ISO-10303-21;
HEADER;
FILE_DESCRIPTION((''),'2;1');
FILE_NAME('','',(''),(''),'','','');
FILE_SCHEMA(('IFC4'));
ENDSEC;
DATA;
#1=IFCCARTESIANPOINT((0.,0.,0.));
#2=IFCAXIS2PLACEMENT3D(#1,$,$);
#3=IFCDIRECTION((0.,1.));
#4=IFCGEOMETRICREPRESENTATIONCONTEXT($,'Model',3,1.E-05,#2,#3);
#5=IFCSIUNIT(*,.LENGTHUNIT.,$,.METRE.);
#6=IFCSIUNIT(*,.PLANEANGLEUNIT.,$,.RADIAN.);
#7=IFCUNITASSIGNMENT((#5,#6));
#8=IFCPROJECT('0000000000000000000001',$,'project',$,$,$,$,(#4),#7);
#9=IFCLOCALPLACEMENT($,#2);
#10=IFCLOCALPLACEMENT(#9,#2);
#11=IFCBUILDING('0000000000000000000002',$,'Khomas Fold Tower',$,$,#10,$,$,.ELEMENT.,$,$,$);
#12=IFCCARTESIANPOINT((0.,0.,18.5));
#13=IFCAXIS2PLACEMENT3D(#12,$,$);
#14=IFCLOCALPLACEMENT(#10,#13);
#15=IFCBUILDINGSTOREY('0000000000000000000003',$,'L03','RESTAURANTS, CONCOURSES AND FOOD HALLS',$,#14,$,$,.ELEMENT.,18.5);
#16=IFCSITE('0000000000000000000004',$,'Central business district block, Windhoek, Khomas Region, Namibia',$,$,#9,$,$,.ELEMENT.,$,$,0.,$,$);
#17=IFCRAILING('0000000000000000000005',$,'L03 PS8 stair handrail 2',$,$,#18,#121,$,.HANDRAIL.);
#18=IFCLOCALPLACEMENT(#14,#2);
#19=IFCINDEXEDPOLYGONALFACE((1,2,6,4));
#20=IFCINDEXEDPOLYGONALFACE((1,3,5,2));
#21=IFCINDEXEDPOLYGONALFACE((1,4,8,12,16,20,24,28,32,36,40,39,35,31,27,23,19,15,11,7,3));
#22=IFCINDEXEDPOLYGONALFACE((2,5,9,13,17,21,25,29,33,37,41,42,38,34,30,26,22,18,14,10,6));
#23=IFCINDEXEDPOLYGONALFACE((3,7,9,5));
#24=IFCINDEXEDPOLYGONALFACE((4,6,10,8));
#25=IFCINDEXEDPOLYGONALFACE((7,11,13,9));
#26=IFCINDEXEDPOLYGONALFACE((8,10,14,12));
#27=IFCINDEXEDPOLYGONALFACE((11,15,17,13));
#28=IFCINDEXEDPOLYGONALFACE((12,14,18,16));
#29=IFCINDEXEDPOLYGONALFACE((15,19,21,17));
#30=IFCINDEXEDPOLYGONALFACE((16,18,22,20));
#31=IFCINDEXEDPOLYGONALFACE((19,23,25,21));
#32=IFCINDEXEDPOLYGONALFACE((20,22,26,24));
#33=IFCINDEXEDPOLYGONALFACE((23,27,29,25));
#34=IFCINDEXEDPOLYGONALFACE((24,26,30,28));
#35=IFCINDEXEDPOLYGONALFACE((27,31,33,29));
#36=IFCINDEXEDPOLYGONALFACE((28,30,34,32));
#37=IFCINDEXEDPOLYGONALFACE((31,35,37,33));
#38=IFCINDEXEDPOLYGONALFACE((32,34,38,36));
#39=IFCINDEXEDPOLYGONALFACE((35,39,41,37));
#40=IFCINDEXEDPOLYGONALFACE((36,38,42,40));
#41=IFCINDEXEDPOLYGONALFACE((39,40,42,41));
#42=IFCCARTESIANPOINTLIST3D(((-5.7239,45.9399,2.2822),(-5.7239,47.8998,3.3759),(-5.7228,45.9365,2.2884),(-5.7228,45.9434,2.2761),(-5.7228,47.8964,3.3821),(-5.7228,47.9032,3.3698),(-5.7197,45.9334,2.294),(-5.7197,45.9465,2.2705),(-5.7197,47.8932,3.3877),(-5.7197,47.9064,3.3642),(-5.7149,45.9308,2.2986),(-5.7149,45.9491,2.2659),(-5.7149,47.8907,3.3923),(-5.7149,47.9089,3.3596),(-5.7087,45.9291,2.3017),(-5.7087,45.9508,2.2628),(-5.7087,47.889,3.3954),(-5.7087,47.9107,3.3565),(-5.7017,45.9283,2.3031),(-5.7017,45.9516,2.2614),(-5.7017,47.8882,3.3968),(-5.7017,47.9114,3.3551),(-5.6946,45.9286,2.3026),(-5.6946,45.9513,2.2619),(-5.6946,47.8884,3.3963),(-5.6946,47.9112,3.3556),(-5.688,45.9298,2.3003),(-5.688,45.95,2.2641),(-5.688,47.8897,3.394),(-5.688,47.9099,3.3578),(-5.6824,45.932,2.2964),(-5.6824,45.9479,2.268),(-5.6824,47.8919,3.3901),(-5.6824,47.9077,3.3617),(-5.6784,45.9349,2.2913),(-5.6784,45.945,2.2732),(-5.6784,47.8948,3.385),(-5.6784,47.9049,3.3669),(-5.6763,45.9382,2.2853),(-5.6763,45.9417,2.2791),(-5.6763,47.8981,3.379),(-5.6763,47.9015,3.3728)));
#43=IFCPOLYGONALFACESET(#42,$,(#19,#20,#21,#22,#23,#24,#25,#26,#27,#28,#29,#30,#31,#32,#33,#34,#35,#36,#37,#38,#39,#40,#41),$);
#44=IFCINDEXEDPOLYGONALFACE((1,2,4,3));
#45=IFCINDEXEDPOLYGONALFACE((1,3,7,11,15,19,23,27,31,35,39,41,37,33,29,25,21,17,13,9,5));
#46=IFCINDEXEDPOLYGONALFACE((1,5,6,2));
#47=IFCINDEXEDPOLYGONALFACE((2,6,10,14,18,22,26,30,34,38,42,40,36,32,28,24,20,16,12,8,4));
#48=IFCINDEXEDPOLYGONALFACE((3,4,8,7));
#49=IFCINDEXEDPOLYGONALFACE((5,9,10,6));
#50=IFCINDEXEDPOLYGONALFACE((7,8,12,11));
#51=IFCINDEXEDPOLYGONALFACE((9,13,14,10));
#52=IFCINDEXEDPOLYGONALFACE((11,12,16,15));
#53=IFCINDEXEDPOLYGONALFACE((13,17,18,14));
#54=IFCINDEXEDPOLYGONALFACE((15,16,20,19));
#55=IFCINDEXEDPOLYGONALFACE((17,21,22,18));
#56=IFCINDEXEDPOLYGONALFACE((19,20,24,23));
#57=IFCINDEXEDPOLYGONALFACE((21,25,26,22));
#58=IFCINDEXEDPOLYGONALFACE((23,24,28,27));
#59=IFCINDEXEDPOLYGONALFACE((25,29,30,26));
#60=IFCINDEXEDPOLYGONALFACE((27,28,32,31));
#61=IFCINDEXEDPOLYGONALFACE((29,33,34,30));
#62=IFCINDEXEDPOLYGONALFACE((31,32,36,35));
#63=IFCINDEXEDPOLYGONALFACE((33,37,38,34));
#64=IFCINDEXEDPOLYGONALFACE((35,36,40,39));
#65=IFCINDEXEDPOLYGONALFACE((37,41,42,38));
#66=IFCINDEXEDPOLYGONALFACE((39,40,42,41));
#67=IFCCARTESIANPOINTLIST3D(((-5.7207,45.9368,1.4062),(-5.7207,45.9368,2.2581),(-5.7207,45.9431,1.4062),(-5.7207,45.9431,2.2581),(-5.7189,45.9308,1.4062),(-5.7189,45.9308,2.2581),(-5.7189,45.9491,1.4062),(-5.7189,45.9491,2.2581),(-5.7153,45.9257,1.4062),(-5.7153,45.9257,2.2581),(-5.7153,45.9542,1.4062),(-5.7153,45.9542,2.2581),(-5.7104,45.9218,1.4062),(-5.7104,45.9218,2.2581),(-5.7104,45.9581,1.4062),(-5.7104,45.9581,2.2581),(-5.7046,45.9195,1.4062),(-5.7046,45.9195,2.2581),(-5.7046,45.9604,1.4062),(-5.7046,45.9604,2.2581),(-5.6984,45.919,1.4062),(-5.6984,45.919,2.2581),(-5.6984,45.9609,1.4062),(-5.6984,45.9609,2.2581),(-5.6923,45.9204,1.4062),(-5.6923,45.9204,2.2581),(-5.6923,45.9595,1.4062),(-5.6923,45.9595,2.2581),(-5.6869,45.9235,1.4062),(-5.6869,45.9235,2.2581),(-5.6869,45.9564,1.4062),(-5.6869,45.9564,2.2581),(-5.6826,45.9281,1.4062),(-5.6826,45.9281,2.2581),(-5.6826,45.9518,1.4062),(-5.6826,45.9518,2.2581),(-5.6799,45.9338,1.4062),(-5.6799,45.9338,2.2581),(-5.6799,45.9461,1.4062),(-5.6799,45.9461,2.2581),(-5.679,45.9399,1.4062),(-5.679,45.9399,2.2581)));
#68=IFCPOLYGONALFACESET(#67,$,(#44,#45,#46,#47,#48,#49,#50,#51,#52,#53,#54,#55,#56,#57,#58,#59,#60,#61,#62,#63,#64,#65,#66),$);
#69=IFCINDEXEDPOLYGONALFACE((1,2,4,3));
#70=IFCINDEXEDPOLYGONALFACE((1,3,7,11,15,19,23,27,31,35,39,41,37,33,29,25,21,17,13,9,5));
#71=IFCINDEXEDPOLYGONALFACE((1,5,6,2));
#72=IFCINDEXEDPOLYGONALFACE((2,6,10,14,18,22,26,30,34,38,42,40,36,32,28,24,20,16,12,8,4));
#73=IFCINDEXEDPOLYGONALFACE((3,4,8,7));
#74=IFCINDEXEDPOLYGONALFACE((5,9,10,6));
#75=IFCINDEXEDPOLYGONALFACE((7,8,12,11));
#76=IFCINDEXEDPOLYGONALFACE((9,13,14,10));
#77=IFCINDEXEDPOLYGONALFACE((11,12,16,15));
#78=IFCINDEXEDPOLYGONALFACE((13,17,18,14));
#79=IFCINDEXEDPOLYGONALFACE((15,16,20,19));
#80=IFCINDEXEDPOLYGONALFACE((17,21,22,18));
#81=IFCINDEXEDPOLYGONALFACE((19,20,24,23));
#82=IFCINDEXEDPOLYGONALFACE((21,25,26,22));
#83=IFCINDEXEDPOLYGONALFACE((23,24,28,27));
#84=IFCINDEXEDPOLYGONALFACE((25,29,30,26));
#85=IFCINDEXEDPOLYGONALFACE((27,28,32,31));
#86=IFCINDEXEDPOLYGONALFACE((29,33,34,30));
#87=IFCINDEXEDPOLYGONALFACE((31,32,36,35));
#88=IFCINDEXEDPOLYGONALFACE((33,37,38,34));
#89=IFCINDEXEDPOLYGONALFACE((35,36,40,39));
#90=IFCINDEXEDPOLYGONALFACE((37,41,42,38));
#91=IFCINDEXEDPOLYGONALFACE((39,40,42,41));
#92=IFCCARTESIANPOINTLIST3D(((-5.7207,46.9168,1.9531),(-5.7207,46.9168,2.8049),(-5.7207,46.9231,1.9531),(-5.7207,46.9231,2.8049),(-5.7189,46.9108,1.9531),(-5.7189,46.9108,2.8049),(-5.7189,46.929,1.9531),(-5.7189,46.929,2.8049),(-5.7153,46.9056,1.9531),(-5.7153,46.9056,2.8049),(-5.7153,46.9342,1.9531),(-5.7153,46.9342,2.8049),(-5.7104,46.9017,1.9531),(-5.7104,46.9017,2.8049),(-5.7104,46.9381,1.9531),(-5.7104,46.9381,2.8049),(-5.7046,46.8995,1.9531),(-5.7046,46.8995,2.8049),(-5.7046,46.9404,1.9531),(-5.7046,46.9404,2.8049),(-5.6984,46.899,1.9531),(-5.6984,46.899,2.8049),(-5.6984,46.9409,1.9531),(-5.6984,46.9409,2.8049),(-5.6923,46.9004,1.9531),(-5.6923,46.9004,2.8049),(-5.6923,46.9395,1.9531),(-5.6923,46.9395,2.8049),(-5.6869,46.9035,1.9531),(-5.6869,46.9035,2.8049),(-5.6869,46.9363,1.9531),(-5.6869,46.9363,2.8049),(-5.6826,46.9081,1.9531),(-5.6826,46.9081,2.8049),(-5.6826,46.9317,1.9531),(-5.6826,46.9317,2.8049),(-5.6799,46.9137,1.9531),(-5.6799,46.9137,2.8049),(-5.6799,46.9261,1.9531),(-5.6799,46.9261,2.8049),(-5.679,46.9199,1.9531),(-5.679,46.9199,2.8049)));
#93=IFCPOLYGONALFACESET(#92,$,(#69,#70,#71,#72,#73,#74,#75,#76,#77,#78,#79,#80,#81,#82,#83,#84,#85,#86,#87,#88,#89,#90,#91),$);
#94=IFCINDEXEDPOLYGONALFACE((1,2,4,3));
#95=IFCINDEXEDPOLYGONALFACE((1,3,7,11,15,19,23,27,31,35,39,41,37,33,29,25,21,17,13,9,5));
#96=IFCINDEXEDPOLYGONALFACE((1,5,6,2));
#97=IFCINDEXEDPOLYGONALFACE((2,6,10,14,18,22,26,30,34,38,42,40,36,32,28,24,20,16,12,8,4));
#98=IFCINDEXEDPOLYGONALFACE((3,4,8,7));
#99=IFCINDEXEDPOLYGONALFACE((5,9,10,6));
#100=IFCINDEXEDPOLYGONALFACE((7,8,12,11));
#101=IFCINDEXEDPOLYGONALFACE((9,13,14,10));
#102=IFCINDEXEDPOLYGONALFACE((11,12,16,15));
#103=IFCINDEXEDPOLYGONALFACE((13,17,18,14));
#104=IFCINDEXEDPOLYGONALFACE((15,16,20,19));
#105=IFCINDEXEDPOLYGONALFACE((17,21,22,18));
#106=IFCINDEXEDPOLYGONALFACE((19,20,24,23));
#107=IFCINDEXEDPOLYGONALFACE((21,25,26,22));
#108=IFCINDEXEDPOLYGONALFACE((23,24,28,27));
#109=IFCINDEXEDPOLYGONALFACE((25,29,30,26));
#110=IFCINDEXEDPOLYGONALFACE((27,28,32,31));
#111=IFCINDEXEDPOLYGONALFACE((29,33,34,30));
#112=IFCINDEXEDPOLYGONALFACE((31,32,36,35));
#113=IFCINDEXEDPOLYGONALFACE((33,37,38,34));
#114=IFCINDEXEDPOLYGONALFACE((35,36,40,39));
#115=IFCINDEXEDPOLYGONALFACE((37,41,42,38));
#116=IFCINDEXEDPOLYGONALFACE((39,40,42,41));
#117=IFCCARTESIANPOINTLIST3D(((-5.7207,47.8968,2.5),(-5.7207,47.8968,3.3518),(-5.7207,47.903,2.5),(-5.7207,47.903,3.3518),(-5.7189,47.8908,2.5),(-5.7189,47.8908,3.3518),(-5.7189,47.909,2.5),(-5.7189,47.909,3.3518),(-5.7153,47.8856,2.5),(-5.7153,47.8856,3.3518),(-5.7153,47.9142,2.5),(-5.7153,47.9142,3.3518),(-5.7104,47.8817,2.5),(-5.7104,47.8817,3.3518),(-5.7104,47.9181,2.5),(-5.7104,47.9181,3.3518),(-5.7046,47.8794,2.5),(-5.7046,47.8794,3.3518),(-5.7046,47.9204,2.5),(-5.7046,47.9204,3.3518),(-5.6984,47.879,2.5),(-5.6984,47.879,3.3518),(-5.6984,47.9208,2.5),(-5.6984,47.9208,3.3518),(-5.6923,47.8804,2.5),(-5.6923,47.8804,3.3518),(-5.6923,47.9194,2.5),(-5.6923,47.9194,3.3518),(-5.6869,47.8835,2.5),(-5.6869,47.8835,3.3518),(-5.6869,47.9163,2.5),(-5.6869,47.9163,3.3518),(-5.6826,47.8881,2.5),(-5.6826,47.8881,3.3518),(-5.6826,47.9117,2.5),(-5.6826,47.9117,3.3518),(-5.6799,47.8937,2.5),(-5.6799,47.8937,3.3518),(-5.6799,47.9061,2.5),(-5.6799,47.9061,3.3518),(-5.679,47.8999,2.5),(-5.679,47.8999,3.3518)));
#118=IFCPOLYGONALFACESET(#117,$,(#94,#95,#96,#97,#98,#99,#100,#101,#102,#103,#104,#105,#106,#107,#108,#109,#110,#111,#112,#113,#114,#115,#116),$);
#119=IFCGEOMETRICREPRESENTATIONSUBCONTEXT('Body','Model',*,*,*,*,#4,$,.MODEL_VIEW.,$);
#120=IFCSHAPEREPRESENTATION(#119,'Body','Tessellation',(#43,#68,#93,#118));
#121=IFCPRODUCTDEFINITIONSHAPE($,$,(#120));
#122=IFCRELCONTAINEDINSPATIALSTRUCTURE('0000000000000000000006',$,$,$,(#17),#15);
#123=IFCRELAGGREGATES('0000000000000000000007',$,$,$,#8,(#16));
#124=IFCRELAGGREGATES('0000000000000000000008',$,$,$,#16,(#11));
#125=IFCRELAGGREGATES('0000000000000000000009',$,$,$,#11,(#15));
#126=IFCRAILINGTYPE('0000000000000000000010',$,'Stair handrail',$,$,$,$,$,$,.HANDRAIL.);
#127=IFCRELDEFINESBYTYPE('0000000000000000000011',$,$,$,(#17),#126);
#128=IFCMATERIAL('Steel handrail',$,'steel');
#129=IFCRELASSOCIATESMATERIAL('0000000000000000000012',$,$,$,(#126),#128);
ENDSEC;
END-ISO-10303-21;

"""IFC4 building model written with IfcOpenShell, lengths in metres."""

from ifc_helpers import new_model, si_unit, direction, frame, origin, origin_2d, place, context, subcontext, project, spatial, circle, extrude, source, transform, mapped, material, type_object, element, save


model = new_model("IFC4")

# Units and contexts
model_context = context("Model", 3, precision=1e-05, world=origin(), true_north=direction((0.0, 1.0)))
body_context = subcontext(model_context, "Body", "Model", "MODEL_VIEW")
ifc_project = project(units=[si_unit("LENGTHUNIT", "METRE"), si_unit("PLANEANGLEUNIT", "RADIAN")], contexts=[model_context])

# Site, building, storey
site_placement = place(None, origin())
site = spatial("IfcSite", under=ifc_project, at=site_placement, Name="Central business district block, Windhoek, Khomas Region, Namibia", CompositionType="ELEMENT", RefElevation=0.0)
building_placement = place(site_placement, origin())
building = spatial("IfcBuilding", under=site, at=building_placement, Name="Khomas Fold Tower", CompositionType="ELEMENT")
storey_placement = place(building_placement, frame((0.0, 0.0, 18.5)))
storey = spatial("IfcBuildingStorey", under=building, at=storey_placement, Name="L03", Description="RESTAURANTS, CONCOURSES AND FOOD HALLS", CompositionType="ELEMENT", Elevation=18.5)

# Railing
ifc_material_1 = material(Name="Steel handrail", Category="steel")
railing_type_1 = type_object("IfcRailingType", Name="Stair handrail", PredefinedType="HANDRAIL", material=ifc_material_1)
shared_shape_1 = source(origin(), body_context, "Body", "SweptSolid", [
    extrude(circle(Radius=0.0239, at=origin_2d()), frame((0.0, 0.0, 0.876), z_axis=(0.0, 0.873232, 0.487304), x_axis=(-1.0, 0.0, 0.0)), (0.0, 0.0, 1.0), 2.2444),
    extrude(circle(Radius=0.021, at=origin_2d()), origin(), (0.0, 0.0, 1.0), 0.8518),
    extrude(circle(Radius=0.021, at=origin_2d()), frame((0.0, 0.98, 0.5469)), (0.0, 0.0, 1.0), 0.8518),
    extrude(circle(Radius=0.021, at=origin_2d()), frame((0.0, 1.96, 1.0938)), (0.0, 0.0, 1.0), 0.8518),
])
for number, where, name in (
    (1, (-5.7, 45.9399, 1.4062), "L03 PS8 stair handrail 2"),
):
    element("IfcRailing", number, at=place(storey_placement, frame(where)), inside=storey, type_object=railing_type_1, Name=name, PredefinedType="HANDRAIL", context=body_context, shape_type="MappedRepresentation", body=[
        mapped(shared_shape_1, transform((0.0, 0.0, 0.0))),
    ])

save(model, "model.ifc")
